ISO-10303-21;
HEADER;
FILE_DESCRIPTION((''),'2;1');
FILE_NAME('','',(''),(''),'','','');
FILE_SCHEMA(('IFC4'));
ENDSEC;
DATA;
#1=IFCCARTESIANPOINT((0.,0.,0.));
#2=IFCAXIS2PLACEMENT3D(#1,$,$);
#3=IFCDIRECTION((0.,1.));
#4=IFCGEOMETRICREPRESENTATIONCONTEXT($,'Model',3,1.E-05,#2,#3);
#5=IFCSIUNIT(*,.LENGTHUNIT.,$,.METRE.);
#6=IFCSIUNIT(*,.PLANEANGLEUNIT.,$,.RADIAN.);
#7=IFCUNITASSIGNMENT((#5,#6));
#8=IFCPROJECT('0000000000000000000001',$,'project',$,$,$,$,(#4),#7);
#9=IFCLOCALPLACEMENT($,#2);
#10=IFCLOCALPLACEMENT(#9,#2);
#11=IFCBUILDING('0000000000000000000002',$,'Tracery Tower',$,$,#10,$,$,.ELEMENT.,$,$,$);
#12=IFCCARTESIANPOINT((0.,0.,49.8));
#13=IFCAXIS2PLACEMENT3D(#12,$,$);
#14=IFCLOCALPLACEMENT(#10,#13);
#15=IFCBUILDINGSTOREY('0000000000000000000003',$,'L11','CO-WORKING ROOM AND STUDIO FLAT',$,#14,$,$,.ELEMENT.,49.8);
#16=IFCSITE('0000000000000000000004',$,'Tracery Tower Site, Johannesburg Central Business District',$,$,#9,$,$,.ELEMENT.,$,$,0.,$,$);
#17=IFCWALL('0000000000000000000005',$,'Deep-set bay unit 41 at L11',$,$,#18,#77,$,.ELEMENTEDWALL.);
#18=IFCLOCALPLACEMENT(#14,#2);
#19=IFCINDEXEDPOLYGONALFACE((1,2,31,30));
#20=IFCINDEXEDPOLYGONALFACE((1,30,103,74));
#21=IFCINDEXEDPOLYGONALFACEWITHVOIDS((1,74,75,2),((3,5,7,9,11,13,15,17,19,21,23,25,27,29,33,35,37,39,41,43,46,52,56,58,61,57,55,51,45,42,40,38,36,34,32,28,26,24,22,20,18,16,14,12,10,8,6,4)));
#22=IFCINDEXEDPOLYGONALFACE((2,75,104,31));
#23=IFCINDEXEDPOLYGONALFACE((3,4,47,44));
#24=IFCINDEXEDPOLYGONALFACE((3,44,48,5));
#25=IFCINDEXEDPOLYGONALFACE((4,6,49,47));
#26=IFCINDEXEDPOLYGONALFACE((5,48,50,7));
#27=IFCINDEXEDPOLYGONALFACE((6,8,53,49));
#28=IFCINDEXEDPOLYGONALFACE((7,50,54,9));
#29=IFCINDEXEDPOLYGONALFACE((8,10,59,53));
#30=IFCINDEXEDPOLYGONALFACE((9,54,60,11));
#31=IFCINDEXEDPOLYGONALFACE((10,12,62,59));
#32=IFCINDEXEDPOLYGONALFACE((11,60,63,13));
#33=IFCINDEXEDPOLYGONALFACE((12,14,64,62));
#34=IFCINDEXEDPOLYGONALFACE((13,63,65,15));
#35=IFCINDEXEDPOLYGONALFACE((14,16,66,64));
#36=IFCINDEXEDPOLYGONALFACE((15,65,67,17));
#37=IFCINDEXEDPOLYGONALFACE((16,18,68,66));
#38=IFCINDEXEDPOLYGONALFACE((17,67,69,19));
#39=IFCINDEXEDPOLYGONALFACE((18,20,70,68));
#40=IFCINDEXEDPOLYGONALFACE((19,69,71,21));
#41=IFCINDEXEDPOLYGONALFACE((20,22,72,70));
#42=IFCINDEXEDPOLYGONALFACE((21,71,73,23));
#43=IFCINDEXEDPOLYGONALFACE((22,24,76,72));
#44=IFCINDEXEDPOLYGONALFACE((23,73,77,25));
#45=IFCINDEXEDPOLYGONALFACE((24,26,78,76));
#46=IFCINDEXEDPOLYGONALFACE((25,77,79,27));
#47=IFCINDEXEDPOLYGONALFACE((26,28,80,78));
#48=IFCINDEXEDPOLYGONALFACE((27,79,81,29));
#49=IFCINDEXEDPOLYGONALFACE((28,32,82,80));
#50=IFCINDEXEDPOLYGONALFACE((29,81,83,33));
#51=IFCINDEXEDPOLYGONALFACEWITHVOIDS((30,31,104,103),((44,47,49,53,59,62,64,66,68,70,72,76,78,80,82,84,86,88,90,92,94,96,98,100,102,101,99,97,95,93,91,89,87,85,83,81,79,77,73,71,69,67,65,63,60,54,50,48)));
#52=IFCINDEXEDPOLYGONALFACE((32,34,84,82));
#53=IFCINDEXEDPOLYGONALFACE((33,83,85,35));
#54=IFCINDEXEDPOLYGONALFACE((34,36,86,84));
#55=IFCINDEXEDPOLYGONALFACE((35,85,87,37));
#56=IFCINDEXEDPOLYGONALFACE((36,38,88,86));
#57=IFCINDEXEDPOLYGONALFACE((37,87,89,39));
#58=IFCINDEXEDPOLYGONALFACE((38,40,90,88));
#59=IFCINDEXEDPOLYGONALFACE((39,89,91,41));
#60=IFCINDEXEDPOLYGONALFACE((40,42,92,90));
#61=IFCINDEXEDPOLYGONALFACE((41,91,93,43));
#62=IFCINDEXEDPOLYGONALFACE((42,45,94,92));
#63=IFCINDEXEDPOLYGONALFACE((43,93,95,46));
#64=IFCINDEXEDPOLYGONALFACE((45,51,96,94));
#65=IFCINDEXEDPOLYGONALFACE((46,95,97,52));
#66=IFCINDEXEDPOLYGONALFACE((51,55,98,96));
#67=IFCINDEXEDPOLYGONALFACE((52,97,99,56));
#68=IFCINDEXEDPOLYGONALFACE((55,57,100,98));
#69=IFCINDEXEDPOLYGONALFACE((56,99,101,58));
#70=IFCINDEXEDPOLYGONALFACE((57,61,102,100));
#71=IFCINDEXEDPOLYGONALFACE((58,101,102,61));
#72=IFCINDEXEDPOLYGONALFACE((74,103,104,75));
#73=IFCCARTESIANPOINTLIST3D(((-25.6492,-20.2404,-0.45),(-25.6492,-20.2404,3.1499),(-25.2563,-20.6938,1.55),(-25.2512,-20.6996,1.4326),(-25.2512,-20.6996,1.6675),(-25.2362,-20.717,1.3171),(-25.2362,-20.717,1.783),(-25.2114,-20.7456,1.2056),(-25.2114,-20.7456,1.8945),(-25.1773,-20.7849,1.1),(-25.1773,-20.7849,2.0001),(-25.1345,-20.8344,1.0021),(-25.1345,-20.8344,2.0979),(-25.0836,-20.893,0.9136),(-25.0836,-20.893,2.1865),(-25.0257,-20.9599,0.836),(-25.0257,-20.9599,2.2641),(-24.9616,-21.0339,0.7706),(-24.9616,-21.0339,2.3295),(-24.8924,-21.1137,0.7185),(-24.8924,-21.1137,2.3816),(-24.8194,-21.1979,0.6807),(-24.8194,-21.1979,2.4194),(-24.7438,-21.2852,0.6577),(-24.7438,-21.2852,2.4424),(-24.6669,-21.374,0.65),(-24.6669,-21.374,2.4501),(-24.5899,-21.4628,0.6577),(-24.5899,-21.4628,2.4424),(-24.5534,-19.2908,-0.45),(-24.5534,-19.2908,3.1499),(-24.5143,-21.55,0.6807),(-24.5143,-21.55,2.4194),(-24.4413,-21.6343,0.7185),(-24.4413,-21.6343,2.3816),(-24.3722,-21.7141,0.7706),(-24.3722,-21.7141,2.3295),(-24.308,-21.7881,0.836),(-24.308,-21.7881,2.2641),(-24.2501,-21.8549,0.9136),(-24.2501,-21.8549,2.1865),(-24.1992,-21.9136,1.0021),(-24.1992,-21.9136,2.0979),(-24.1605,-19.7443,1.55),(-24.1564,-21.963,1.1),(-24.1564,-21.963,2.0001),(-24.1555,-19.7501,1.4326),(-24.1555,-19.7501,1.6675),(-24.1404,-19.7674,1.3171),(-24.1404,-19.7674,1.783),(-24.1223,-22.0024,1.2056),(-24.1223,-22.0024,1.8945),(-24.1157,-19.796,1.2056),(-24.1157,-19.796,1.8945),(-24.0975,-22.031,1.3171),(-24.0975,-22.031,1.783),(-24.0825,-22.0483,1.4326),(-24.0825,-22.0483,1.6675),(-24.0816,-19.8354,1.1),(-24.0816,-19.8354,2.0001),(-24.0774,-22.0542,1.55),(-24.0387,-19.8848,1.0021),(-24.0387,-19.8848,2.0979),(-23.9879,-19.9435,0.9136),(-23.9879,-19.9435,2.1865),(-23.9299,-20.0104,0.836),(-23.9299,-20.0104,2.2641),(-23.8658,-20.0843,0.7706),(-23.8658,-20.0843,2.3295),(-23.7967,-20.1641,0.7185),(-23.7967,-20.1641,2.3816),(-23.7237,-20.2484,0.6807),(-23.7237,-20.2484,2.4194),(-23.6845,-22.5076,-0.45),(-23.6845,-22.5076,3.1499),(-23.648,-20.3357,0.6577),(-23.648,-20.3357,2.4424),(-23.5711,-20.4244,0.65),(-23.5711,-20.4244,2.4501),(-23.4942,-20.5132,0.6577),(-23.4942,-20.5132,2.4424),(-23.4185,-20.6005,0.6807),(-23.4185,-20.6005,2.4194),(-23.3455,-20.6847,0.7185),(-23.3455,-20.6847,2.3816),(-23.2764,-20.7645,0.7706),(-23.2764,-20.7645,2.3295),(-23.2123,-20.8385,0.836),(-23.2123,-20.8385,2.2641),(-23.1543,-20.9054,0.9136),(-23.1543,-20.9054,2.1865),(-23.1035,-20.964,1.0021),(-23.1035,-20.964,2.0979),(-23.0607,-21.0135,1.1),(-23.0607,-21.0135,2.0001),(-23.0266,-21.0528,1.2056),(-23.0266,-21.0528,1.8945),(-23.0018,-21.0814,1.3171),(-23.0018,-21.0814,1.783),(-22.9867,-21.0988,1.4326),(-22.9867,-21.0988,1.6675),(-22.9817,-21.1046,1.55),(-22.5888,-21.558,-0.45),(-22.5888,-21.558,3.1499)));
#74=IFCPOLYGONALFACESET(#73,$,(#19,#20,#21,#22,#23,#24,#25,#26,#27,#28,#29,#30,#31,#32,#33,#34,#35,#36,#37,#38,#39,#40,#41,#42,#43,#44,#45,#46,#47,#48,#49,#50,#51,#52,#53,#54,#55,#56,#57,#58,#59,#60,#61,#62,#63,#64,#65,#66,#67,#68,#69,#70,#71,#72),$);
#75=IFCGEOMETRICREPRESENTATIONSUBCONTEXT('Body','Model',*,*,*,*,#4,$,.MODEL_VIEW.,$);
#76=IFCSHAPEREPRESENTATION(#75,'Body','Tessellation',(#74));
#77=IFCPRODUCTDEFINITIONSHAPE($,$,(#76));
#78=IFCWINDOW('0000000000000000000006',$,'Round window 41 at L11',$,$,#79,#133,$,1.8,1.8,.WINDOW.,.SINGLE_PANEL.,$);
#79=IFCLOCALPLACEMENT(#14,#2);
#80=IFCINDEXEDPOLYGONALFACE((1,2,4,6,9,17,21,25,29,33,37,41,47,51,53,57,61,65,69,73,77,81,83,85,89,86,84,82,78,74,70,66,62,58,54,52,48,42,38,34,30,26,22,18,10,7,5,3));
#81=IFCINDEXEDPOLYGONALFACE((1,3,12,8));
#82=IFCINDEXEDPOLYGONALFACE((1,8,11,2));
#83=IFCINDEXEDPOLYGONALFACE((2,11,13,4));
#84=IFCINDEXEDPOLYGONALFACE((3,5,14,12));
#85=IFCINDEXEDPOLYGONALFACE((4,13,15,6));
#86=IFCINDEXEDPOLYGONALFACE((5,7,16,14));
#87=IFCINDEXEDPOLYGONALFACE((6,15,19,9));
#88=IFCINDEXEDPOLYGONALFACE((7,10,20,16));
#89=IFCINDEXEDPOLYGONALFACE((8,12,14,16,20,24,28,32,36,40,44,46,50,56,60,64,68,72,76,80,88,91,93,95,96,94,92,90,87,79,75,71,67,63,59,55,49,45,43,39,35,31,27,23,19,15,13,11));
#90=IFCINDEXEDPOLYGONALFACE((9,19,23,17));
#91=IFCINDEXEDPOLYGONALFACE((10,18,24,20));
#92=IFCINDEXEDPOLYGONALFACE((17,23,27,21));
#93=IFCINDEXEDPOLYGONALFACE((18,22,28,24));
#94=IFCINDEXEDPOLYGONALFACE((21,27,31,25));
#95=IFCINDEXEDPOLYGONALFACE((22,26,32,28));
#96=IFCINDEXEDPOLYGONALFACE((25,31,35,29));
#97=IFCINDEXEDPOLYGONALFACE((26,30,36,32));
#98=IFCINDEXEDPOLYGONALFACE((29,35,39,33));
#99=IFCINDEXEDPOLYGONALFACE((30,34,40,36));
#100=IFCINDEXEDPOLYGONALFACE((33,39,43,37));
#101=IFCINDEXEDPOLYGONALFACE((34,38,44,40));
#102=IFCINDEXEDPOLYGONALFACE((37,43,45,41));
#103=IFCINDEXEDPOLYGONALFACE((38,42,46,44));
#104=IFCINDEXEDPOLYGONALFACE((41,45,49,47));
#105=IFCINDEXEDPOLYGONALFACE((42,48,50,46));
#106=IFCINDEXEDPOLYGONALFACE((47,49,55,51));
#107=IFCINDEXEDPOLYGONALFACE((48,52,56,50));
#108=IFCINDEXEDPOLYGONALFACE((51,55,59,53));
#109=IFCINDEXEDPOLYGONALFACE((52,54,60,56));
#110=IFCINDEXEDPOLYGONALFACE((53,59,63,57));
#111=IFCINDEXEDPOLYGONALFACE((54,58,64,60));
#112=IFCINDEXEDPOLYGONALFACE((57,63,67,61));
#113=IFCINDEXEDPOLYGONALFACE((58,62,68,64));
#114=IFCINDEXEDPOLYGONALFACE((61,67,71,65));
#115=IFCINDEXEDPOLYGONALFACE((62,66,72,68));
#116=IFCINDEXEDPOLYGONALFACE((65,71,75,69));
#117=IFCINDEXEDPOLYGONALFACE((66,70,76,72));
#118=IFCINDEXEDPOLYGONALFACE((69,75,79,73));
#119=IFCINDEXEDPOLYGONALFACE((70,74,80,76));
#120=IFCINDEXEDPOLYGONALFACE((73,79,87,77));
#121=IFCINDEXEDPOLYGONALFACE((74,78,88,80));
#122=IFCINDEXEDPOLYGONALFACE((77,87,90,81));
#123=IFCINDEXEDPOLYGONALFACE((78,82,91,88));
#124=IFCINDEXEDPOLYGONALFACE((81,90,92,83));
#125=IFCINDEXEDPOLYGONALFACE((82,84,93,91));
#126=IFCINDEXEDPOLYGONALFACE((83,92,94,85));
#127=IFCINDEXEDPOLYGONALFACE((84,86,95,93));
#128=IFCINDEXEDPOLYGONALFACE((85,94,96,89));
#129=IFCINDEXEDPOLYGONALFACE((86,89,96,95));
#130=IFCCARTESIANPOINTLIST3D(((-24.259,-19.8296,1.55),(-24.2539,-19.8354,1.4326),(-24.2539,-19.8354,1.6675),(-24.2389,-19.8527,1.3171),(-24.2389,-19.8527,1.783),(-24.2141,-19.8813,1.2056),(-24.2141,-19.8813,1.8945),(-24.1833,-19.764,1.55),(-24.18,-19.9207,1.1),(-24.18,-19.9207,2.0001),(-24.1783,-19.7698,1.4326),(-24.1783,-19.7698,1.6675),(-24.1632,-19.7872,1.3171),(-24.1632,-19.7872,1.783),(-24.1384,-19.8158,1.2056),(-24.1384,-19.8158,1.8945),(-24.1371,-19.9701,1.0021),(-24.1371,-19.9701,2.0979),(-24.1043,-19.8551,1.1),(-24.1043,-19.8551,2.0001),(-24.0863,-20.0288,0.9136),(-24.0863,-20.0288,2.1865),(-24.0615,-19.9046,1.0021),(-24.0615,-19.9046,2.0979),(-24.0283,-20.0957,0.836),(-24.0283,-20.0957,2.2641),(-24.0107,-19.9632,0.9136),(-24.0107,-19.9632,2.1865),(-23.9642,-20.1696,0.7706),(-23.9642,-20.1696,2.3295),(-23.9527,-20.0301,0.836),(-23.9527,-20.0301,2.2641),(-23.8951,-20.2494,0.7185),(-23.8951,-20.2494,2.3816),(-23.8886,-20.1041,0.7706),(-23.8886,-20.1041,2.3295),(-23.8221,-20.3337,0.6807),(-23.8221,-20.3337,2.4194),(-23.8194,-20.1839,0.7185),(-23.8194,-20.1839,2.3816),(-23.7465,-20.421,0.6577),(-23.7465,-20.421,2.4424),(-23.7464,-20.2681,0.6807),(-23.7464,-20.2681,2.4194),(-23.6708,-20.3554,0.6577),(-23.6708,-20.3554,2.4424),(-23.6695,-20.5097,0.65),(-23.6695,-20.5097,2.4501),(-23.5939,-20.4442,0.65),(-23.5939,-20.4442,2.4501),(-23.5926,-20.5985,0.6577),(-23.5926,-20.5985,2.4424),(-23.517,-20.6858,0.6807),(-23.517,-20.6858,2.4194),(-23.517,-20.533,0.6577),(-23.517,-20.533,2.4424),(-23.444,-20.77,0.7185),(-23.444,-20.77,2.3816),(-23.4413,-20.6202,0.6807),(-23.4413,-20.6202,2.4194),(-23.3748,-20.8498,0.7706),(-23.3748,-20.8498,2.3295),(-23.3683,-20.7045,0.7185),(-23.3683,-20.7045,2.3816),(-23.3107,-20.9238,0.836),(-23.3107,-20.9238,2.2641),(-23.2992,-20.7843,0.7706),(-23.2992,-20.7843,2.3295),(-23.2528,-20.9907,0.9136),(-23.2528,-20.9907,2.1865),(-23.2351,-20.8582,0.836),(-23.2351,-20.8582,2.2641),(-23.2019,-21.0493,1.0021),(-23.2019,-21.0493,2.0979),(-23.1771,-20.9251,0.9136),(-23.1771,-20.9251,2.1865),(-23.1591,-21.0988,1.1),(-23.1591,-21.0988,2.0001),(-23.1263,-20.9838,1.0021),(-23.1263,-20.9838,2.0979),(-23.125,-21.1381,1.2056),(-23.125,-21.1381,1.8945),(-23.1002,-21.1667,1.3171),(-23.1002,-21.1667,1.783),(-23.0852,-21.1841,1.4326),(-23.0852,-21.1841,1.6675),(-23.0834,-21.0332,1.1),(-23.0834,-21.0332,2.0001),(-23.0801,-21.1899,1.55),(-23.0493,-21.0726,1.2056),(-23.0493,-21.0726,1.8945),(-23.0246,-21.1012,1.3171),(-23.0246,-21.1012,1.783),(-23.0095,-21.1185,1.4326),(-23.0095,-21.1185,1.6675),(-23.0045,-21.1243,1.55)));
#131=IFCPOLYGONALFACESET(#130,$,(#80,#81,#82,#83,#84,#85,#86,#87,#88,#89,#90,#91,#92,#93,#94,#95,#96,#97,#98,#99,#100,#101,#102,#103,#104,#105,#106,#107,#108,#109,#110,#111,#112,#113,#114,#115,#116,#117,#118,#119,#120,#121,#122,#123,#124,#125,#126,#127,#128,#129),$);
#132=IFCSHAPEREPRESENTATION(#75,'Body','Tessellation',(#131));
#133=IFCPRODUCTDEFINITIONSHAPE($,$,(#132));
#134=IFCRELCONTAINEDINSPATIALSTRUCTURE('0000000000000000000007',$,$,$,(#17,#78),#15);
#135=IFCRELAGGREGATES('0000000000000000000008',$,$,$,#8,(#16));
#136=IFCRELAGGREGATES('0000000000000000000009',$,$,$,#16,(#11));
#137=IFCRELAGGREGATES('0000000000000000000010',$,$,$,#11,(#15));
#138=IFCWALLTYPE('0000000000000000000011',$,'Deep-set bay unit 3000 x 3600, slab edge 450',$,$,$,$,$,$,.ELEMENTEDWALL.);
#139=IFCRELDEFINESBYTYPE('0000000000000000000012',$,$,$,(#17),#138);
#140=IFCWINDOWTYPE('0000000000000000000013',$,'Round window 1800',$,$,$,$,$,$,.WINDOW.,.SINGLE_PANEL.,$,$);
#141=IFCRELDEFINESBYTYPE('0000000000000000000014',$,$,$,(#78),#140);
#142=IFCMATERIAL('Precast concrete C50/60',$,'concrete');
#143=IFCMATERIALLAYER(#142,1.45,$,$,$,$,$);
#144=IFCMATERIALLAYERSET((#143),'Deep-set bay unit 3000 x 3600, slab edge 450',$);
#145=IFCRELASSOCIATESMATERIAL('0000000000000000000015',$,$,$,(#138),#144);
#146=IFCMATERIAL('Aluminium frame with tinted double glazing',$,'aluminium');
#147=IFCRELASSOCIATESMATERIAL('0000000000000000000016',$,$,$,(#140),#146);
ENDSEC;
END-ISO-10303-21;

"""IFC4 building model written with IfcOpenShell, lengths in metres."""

from ifc_helpers import new_model, si_unit, direction, frame, frame_2d, origin, origin_2d, place, context, subcontext, project, spatial, rectangle, circle, extrude, material, layer, layer_set, type_object, element, fill, save


model = new_model("IFC4")

# Units and contexts
model_context = context("Model", 3, precision=1e-05, world=origin(), true_north=direction((0.0, 1.0)))
body_context = subcontext(model_context, "Body", "Model", "MODEL_VIEW")
ifc_project = project(units=[si_unit("LENGTHUNIT", "METRE"), si_unit("PLANEANGLEUNIT", "RADIAN")], contexts=[model_context])

# Site, building, storey
site_placement = place(None, origin())
site = spatial("IfcSite", under=ifc_project, at=site_placement, Name="Tracery Tower Site, Johannesburg Central Business District", CompositionType="ELEMENT", RefElevation=0.0)
building_placement = place(site_placement, origin())
building = spatial("IfcBuilding", under=site, at=building_placement, Name="Tracery Tower", CompositionType="ELEMENT")
storey_placement = place(building_placement, frame((0.0, 0.0, 49.8)))
storey = spatial("IfcBuildingStorey", under=building, at=storey_placement, Name="L11", Description="CO-WORKING ROOM AND STUDIO FLAT", CompositionType="ELEMENT", Elevation=49.8)

# Wall, opening, window
ifc_material_1 = material(Name="Precast concrete C50/60", Category="concrete")
ifc_layer_1 = layer(ifc_material_1, 1.45)
ifc_layer_set_1 = layer_set([ifc_layer_1], Name="Deep-set bay unit 3000 x 3600, slab edge 450")
wall_type_1 = type_object("IfcWallType", Name="Deep-set bay unit 3000 x 3600, slab edge 450", PredefinedType="ELEMENTEDWALL", material=ifc_layer_set_1)
wall_1_placement = place(storey_placement, frame((-25.1013, -19.7656, -0.45), z_axis=(0.0, 0.0, 1.0), x_axis=(0.65489, -0.755724, 0.0)))
wall_1 = element("IfcWall", 1, at=wall_1_placement, inside=storey, type_object=wall_type_1, Name="Deep-set bay unit 41 at L11", PredefinedType="ELEMENTEDWALL", context=body_context, shape_type="SweptSolid", body=[
    extrude(rectangle(XDim=3.0, YDim=1.45, at=frame_2d((1.5, 0.0))), origin(), (0.0, 0.0, 1.0), 3.5999),
])
opening_1_placement = place(wall_1_placement, frame((1.5, 0.0, 2.0)))
opening_1 = element("IfcOpeningElement", 2, at=opening_1_placement, cuts=wall_1, PredefinedType="OPENING", context=body_context, shape_type="SweptSolid", body=[
    extrude(circle(Radius=0.9, at=origin_2d()), frame((0.0, 0.7349, 0.0), z_axis=(0.0, -1.0, 0.0), x_axis=(1.0, 0.0, 0.0)), (0.0, 0.0, 1.0), 1.47),
])
ifc_material_2 = material(Name="Aluminium frame with tinted double glazing", Category="aluminium")
window_type = type_object("IfcWindowType", Name="Round window 1800", PartitioningType="SINGLE_PANEL", PredefinedType="WINDOW", material=ifc_material_2)
window_1_placement = place(opening_1_placement, origin())
window_1 = element("IfcWindow", 3, at=window_1_placement, inside=storey, type_object=window_type, Name="Round window 41 at L11", OverallHeight=1.8, OverallWidth=1.8, PartitioningType="SINGLE_PANEL", PredefinedType="WINDOW", context=body_context, shape_type="SweptSolid", body=[
    extrude(circle(Radius=0.9, at=origin_2d()), frame((0.0, 0.6948, 0.0), z_axis=(0.0, -1.0, 0.0), x_axis=(1.0, 0.0, 0.0)), (0.0, 0.0, 1.0), 0.1001),
])
fill(opening_1, window_1)

save(model, "model.ifc")
